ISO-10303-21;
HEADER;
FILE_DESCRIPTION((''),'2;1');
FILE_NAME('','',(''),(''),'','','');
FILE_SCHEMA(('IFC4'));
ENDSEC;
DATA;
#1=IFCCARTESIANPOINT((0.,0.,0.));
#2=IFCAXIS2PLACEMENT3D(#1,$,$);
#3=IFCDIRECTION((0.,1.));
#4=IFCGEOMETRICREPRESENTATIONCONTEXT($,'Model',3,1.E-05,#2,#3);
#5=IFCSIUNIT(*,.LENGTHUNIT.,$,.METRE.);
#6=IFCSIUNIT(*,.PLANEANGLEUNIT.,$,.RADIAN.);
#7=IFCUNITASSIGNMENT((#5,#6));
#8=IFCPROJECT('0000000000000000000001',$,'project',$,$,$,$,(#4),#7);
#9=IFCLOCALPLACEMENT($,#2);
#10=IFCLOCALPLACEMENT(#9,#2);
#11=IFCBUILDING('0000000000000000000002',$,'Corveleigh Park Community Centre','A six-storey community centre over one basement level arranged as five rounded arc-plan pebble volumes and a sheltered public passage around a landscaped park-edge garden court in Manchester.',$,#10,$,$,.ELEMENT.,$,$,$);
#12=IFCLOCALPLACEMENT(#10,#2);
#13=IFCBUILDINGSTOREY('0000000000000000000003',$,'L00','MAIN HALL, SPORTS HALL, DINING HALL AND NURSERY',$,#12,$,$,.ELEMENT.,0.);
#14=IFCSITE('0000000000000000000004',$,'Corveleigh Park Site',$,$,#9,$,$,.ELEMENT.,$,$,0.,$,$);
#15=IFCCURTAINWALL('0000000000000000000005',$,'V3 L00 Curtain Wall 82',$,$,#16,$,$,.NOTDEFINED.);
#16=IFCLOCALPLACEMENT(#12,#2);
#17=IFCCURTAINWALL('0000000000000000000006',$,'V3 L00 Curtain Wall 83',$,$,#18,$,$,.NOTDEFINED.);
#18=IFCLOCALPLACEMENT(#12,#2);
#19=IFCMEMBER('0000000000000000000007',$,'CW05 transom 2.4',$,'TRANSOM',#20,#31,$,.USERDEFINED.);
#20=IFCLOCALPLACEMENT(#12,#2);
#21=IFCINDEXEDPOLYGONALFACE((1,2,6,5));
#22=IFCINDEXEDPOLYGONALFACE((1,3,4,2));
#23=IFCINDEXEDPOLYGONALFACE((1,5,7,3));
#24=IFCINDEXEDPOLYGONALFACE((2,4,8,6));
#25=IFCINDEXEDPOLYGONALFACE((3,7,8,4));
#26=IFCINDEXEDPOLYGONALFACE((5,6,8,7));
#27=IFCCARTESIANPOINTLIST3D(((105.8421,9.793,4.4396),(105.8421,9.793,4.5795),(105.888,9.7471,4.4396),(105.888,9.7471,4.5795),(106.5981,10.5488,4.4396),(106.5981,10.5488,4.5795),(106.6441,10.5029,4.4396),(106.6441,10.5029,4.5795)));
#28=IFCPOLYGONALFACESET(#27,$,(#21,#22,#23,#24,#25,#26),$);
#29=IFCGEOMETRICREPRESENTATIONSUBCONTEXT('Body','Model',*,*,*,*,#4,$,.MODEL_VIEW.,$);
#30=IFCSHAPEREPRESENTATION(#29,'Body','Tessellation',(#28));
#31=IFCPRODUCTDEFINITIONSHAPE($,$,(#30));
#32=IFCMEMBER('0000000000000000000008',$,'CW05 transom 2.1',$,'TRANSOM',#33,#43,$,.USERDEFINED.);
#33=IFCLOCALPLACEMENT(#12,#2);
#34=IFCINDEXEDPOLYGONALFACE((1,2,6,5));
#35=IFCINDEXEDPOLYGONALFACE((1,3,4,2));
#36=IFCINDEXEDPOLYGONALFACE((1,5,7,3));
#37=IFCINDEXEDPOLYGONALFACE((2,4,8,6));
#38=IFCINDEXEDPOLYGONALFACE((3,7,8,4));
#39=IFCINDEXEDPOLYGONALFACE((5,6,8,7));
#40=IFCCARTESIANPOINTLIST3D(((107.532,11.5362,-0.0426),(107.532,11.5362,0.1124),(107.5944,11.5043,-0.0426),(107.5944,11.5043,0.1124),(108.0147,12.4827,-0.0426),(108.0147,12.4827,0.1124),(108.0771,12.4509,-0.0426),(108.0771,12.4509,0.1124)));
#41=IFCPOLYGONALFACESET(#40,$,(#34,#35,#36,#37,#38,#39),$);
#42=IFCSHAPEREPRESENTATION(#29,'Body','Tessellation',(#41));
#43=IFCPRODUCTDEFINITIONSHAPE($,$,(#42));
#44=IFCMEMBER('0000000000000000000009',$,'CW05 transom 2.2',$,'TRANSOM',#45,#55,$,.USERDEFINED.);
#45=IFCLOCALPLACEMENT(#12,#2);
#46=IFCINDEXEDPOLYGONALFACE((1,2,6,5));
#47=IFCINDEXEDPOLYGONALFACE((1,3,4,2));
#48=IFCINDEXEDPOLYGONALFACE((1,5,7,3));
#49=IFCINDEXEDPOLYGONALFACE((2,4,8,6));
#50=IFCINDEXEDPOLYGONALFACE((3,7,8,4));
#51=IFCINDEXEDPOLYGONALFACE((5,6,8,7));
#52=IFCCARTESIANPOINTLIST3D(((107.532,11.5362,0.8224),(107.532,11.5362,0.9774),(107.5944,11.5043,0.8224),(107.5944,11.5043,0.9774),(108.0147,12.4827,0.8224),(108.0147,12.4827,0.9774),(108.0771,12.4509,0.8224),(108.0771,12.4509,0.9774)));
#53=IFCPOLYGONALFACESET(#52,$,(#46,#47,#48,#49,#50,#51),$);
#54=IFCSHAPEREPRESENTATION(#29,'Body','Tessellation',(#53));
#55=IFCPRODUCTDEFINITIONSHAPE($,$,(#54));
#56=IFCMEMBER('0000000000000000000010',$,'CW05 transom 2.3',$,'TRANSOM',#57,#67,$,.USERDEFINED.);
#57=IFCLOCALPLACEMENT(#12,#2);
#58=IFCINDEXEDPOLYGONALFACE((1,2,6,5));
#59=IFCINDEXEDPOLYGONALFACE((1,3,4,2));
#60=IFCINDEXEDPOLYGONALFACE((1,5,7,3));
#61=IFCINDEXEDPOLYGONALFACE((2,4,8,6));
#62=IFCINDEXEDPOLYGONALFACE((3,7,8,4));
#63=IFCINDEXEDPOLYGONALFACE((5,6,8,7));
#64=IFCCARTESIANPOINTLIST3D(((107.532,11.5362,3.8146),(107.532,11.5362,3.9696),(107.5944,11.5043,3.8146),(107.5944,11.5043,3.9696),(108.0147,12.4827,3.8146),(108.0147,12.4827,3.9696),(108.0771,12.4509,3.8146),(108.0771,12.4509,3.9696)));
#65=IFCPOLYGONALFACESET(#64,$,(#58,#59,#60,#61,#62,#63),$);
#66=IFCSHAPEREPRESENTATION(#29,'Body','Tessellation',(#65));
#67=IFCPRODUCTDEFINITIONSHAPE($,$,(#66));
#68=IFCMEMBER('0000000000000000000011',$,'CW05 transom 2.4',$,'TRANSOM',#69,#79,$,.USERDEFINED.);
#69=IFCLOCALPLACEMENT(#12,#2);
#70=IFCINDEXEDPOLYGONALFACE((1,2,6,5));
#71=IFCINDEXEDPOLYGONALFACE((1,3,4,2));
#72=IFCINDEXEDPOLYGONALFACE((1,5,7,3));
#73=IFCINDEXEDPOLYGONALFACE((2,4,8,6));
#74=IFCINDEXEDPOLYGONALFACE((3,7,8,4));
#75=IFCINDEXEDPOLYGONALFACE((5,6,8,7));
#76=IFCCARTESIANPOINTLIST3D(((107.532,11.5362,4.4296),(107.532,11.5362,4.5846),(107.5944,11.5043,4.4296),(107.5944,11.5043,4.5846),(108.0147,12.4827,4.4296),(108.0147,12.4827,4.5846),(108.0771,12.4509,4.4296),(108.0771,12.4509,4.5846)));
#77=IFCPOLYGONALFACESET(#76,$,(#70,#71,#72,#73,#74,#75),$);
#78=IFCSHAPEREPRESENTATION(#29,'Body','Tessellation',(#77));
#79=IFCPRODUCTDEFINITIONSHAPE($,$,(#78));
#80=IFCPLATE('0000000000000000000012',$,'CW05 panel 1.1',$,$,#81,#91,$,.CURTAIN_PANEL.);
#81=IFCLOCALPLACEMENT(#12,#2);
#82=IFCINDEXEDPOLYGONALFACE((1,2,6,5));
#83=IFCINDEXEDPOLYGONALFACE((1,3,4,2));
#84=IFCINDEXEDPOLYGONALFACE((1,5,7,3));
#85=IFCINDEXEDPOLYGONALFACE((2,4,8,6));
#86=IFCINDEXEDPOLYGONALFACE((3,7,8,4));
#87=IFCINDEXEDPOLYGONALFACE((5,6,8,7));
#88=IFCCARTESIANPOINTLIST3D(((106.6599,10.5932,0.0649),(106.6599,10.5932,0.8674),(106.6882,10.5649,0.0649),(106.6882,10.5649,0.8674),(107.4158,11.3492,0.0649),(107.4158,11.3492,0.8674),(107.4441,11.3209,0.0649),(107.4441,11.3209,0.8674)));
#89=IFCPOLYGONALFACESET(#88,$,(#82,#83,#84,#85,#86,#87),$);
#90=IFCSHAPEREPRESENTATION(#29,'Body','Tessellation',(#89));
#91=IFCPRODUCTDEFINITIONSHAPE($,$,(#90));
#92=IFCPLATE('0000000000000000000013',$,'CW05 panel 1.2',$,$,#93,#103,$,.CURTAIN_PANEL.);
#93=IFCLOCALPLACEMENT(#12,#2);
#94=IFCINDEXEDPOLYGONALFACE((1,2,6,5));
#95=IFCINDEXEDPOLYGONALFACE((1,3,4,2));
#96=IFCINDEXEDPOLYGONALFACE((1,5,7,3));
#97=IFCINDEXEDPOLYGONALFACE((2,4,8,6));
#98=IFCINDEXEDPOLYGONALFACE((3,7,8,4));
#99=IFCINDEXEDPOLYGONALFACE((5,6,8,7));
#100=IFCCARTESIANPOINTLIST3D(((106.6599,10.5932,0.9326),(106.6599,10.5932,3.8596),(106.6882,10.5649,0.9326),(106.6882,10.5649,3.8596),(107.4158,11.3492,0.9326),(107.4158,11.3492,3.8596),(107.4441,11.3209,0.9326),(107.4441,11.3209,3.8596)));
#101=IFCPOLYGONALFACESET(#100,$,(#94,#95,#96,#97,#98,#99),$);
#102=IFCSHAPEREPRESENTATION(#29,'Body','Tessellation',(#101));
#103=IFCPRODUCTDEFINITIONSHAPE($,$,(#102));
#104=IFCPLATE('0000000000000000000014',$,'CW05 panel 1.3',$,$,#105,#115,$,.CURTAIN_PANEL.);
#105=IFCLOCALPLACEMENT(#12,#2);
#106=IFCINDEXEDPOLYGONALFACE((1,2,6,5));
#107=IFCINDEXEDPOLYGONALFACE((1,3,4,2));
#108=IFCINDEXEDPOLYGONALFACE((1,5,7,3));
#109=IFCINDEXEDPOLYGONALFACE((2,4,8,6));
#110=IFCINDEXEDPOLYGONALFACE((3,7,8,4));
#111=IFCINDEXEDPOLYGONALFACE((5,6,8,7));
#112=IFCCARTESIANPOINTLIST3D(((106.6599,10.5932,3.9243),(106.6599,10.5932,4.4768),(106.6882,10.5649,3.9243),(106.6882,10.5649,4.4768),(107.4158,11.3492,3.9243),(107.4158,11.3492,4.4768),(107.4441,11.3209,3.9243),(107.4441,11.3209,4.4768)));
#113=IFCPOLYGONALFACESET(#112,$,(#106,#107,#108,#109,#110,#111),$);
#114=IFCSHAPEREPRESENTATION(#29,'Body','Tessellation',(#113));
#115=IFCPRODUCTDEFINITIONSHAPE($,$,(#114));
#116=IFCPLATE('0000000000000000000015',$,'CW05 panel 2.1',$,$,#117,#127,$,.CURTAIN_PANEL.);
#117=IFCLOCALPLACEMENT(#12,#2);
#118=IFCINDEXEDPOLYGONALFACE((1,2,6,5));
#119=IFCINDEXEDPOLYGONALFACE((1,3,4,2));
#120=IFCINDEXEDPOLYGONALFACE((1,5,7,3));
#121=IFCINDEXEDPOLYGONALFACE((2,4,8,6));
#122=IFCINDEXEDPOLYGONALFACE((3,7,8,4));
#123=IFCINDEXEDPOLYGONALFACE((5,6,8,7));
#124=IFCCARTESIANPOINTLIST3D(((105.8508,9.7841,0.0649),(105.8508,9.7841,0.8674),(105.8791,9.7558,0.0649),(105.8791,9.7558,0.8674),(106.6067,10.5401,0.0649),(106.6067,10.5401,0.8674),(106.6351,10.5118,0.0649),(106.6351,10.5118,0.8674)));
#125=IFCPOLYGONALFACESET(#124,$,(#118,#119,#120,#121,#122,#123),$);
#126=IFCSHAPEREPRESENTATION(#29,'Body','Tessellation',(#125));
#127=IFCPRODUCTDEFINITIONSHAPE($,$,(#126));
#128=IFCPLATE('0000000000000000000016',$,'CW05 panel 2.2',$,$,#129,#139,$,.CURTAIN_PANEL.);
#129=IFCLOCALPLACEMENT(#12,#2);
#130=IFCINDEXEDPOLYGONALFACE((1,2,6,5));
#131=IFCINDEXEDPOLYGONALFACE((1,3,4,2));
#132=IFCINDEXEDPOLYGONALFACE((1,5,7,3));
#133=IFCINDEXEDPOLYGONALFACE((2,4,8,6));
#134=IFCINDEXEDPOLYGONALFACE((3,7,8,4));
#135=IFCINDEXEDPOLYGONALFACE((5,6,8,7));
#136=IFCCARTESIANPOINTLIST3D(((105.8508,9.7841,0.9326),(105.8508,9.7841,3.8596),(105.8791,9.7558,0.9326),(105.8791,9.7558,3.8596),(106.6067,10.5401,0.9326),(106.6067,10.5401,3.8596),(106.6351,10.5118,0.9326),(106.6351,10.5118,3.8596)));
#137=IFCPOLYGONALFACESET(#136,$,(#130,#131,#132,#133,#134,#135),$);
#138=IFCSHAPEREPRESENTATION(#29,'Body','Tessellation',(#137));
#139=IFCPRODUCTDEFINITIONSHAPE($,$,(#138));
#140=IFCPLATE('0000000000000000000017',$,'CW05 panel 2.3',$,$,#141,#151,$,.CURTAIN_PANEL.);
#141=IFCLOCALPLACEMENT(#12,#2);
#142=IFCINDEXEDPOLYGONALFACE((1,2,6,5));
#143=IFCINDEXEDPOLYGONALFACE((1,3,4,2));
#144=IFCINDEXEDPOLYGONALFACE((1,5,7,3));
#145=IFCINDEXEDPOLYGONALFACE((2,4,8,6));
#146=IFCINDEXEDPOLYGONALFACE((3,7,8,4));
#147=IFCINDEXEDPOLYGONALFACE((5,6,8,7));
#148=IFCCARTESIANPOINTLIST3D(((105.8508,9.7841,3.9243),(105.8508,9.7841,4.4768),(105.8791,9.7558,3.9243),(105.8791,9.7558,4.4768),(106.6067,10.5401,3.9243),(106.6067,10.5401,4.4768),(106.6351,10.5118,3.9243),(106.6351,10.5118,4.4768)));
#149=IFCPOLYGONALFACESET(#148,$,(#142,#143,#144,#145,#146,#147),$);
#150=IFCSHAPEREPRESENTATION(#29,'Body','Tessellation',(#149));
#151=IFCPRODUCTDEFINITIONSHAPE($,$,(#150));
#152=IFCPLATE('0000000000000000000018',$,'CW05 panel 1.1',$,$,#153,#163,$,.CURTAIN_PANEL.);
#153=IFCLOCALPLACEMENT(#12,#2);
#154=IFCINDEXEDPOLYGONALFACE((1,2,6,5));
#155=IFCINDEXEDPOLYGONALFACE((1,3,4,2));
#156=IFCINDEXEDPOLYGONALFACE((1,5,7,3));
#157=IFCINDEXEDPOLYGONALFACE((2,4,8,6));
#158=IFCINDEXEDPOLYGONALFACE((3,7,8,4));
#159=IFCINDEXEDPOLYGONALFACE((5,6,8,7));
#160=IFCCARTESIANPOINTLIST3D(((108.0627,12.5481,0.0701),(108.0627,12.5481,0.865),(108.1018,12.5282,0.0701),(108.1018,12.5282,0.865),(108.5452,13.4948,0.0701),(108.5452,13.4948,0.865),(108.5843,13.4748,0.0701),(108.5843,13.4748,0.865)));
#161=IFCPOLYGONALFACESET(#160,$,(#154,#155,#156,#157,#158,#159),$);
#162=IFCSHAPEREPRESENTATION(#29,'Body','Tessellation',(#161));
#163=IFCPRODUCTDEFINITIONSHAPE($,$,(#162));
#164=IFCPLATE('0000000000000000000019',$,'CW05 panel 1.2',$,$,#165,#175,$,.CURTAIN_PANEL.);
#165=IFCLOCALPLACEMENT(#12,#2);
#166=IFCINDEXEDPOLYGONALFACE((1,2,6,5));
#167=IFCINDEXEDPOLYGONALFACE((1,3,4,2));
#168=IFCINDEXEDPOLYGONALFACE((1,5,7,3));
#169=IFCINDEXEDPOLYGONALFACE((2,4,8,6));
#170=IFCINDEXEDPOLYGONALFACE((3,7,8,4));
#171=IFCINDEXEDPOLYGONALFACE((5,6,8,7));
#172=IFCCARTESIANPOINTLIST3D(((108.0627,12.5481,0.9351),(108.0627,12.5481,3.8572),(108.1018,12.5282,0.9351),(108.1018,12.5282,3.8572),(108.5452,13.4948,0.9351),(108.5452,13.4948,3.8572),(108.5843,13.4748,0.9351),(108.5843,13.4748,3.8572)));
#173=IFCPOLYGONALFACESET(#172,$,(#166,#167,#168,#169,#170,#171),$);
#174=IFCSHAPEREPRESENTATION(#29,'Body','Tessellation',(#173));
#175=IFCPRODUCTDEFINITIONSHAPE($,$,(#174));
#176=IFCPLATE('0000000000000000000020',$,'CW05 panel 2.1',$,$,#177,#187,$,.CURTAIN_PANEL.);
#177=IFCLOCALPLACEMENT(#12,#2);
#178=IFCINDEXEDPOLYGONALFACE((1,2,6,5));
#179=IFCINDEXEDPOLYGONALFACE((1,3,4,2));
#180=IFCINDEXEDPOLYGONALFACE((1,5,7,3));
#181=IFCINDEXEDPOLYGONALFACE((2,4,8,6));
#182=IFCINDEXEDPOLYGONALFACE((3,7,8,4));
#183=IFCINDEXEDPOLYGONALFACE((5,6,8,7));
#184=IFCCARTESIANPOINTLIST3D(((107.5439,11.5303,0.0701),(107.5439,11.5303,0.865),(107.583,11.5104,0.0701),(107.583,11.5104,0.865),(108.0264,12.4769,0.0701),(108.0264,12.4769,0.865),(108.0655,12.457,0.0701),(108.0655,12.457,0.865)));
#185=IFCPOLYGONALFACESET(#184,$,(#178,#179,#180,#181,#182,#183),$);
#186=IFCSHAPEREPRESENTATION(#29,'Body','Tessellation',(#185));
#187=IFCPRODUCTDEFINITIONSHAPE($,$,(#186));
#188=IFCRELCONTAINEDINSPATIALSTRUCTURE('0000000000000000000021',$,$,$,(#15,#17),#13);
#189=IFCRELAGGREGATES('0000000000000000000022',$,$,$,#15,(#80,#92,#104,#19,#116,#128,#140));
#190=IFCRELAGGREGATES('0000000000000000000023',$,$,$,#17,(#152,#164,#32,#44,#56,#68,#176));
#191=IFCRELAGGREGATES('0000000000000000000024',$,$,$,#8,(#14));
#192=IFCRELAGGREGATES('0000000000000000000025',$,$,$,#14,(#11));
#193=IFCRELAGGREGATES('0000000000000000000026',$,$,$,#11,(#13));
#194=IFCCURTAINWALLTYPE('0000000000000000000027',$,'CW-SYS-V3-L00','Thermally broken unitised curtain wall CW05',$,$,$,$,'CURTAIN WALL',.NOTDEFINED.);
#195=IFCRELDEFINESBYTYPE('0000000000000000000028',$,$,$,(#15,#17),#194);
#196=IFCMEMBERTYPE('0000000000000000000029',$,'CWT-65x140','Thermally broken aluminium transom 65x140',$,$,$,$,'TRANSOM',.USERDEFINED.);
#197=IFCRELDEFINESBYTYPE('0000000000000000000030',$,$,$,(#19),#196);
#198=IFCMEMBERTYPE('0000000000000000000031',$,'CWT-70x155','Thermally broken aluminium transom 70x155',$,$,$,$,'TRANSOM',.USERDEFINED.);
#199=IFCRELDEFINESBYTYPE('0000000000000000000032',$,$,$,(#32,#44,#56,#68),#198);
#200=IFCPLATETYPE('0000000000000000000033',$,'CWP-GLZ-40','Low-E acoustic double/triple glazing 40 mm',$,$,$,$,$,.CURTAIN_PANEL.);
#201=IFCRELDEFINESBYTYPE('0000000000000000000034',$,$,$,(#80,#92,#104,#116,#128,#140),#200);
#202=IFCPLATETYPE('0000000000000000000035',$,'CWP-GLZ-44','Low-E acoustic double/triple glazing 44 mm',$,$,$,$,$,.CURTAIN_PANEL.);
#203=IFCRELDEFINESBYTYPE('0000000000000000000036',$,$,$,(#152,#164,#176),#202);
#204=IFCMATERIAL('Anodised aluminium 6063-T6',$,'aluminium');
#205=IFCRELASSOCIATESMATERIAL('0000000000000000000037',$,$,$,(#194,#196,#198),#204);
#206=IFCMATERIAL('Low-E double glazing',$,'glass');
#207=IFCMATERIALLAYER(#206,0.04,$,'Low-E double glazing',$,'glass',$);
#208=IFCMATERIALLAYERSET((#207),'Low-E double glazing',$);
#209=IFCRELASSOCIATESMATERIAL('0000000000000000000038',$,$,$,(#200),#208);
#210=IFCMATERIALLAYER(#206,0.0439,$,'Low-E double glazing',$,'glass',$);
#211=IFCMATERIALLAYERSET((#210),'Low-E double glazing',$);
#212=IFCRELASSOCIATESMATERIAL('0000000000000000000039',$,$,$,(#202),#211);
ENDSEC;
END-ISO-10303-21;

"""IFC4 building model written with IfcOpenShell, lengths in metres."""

from ifc_helpers import new_model, si_unit, direction, frame, origin, origin_2d, place, context, subcontext, project, spatial, rectangle, extrude, material, layer, layer_set, material_profile, profile_set, type_object, element, aggregate, save


model = new_model("IFC4")

# Units and contexts
model_context = context("Model", 3, precision=1e-05, world=origin(), true_north=direction((0.0, 1.0)))
body_context = subcontext(model_context, "Body", "Model", "MODEL_VIEW")
ifc_project = project(units=[si_unit("LENGTHUNIT", "METRE"), si_unit("PLANEANGLEUNIT", "RADIAN")], contexts=[model_context])

# Site, building, storey
site_placement = place(None, origin())
site = spatial("IfcSite", under=ifc_project, at=site_placement, Name="Corveleigh Park Site", CompositionType="ELEMENT", RefElevation=0.0)
building_placement = place(site_placement, origin())
building = spatial("IfcBuilding", under=site, at=building_placement, Name="Corveleigh Park Community Centre", Description="A six-storey community centre over one basement level arranged as five rounded arc-plan pebble volumes and a sheltered public passage around a landscaped park-edge garden court in Manchester.", CompositionType="ELEMENT")
storey_placement = place(building_placement, origin())
storey = spatial("IfcBuildingStorey", under=building, at=storey_placement, Name="L00", Description="MAIN HALL, SPORTS HALL, DINING HALL AND NURSERY", CompositionType="ELEMENT", Elevation=0.0)

# Curtain walls
ifc_material_1 = material(Name="Anodised aluminium 6063-T6", Category="aluminium")
curtain_wall_type = type_object("IfcCurtainWallType", Name="CW-SYS-V3-L00", Description="Thermally broken unitised curtain wall CW05", ElementType="CURTAIN WALL", PredefinedType="NOTDEFINED", material=ifc_material_1)
curtain_wall_1_placement = place(storey_placement, origin())
curtain_wall_1 = element("IfcCurtainWall", 1, at=curtain_wall_1_placement, inside=storey, type_object=curtain_wall_type, Name="V3 L00 Curtain Wall 82", PredefinedType="NOTDEFINED")
curtain_wall_2_placement = place(storey_placement, origin())
curtain_wall_2 = element("IfcCurtainWall", 2, at=curtain_wall_2_placement, inside=storey, type_object=curtain_wall_type, Name="V3 L00 Curtain Wall 83", PredefinedType="NOTDEFINED")

# Members
ifc_material_profile_1 = material_profile(ifc_material_1, rectangle(XDim=0.0649, YDim=0.1399, at=origin_2d()), Name="ALU-T65x140", Category="aluminium")
ifc_profile_set_1 = profile_set([ifc_material_profile_1], Name="Anodised aluminium 6063-T6")
member_type_1 = type_object("IfcMemberType", Name="CWT-65x140", Description="Thermally broken aluminium transom 65x140", ElementType="TRANSOM", PredefinedType="USERDEFINED", material=ifc_profile_set_1)
member_1_placement = place(storey_placement, frame((106.6211, 10.5259, 4.5095), z_axis=(-0.707221, -0.706993, 0.0), x_axis=(0.706993, -0.707221, 0.0)))
member_1 = element("IfcMember", 3, at=member_1_placement, type_object=member_type_1, Name="CW05 transom 2.4", ObjectType="TRANSOM", PredefinedType="USERDEFINED", context=body_context, shape_type="SweptSolid", body=[
    extrude(rectangle(XDim=0.0649, YDim=0.1399, at=origin_2d()), origin(), (0.0, 0.0, 1.0), 1.0691),
])
ifc_material_profile_2 = material_profile(ifc_material_1, rectangle(XDim=0.0701, YDim=0.155, at=origin_2d()), Name="ALU-T70x155", Category="aluminium")
ifc_profile_set_2 = profile_set([ifc_material_profile_2], Name="Anodised aluminium 6063-T6")
member_type_2 = type_object("IfcMemberType", Name="CWT-70x155", Description="Thermally broken aluminium transom 70x155", ElementType="TRANSOM", PredefinedType="USERDEFINED", material=ifc_profile_set_2)
member_2_placement = place(storey_placement, frame((108.0459, 12.4668, 0.0349), z_axis=(-0.454277, -0.890861, 0.0), x_axis=(0.890861, -0.454277, 0.0)))
member_2 = element("IfcMember", 4, at=member_2_placement, type_object=member_type_2, Name="CW05 transom 2.1", ObjectType="TRANSOM", PredefinedType="USERDEFINED", context=body_context, shape_type="SweptSolid", body=[
    extrude(rectangle(XDim=0.0701, YDim=0.155, at=origin_2d()), origin(), (0.0, 0.0, 1.0), 1.0625),
])
member_3_placement = place(storey_placement, frame((108.0459, 12.4668, 0.8999), z_axis=(-0.454277, -0.890861, 0.0), x_axis=(0.890861, -0.454277, 0.0)))
member_3 = element("IfcMember", 5, at=member_3_placement, type_object=member_type_2, Name="CW05 transom 2.2", ObjectType="TRANSOM", PredefinedType="USERDEFINED", context=body_context, shape_type="SweptSolid", body=[
    extrude(rectangle(XDim=0.0701, YDim=0.155, at=origin_2d()), origin(), (0.0, 0.0, 1.0), 1.0625),
])
member_4_placement = place(storey_placement, frame((108.0459, 12.4668, 3.8921), z_axis=(-0.454277, -0.890861, 0.0), x_axis=(0.890861, -0.454277, 0.0)))
member_4 = element("IfcMember", 6, at=member_4_placement, type_object=member_type_2, Name="CW05 transom 2.3", ObjectType="TRANSOM", PredefinedType="USERDEFINED", context=body_context, shape_type="SweptSolid", body=[
    extrude(rectangle(XDim=0.0701, YDim=0.155, at=origin_2d()), origin(), (0.0, 0.0, 1.0), 1.0625),
])
member_5_placement = place(storey_placement, frame((108.0459, 12.4668, 4.5071), z_axis=(-0.454277, -0.890861, 0.0), x_axis=(0.890861, -0.454277, 0.0)))
member_5 = element("IfcMember", 7, at=member_5_placement, type_object=member_type_2, Name="CW05 transom 2.4", ObjectType="TRANSOM", PredefinedType="USERDEFINED", context=body_context, shape_type="SweptSolid", body=[
    extrude(rectangle(XDim=0.0701, YDim=0.155, at=origin_2d()), origin(), (0.0, 0.0, 1.0), 1.0625),
])

# Plates
ifc_material_2 = material(Name="Low-E double glazing", Category="glass")
ifc_layer_1 = layer(ifc_material_2, 0.04, Name="Low-E double glazing", Category="glass")
ifc_layer_set_1 = layer_set([ifc_layer_1], Name="Low-E double glazing")
plate_type_1 = type_object("IfcPlateType", Name="CWP-GLZ-40", Description="Low-E acoustic double/triple glazing 40 mm", PredefinedType="CURTAIN_PANEL", material=ifc_layer_set_1)
plate_1_placement = place(storey_placement, frame((107.052, 10.957, 0.0649), z_axis=(0.0, 0.0, 1.0), x_axis=(-0.707107, -0.707107, 0.0)))
plate_1 = element("IfcPlate", 8, at=plate_1_placement, type_object=plate_type_1, Name="CW05 panel 1.1", PredefinedType="CURTAIN_PANEL", context=body_context, shape_type="SweptSolid", body=[
    extrude(rectangle(XDim=1.0691, YDim=0.04, at=origin_2d()), origin(), (0.0, 0.0, 1.0), 0.8025),
])
plate_2_placement = place(storey_placement, frame((107.052, 10.957, 0.9326), z_axis=(0.0, 0.0, 1.0), x_axis=(-0.707107, -0.707107, 0.0)))
plate_2 = element("IfcPlate", 9, at=plate_2_placement, type_object=plate_type_1, Name="CW05 panel 1.2", PredefinedType="CURTAIN_PANEL", context=body_context, shape_type="SweptSolid", body=[
    extrude(rectangle(XDim=1.0691, YDim=0.04, at=origin_2d()), origin(), (0.0, 0.0, 1.0), 2.927),
])
plate_3_placement = place(storey_placement, frame((107.052, 10.957, 3.9243), z_axis=(0.0, 0.0, 1.0), x_axis=(-0.707107, -0.707107, 0.0)))
plate_3 = element("IfcPlate", 10, at=plate_3_placement, type_object=plate_type_1, Name="CW05 panel 1.3", PredefinedType="CURTAIN_PANEL", context=body_context, shape_type="SweptSolid", body=[
    extrude(rectangle(XDim=1.0691, YDim=0.04, at=origin_2d()), origin(), (0.0, 0.0, 1.0), 0.5525),
])
plate_4_placement = place(storey_placement, frame((106.2429, 10.1479, 0.0649), z_axis=(0.0, 0.0, 1.0), x_axis=(-0.707107, -0.707107, 0.0)))
plate_4 = element("IfcPlate", 11, at=plate_4_placement, type_object=plate_type_1, Name="CW05 panel 2.1", PredefinedType="CURTAIN_PANEL", context=body_context, shape_type="SweptSolid", body=[
    extrude(rectangle(XDim=1.0691, YDim=0.04, at=origin_2d()), origin(), (0.0, 0.0, 1.0), 0.8025),
])
plate_5_placement = place(storey_placement, frame((106.2429, 10.1479, 0.9326), z_axis=(0.0, 0.0, 1.0), x_axis=(-0.707107, -0.707107, 0.0)))
plate_5 = element("IfcPlate", 12, at=plate_5_placement, type_object=plate_type_1, Name="CW05 panel 2.2", PredefinedType="CURTAIN_PANEL", context=body_context, shape_type="SweptSolid", body=[
    extrude(rectangle(XDim=1.0691, YDim=0.04, at=origin_2d()), origin(), (0.0, 0.0, 1.0), 2.927),
])
plate_6_placement = place(storey_placement, frame((106.2429, 10.1479, 3.9243), z_axis=(0.0, 0.0, 1.0), x_axis=(-0.707107, -0.707107, 0.0)))
plate_6 = element("IfcPlate", 13, at=plate_6_placement, type_object=plate_type_1, Name="CW05 panel 2.3", PredefinedType="CURTAIN_PANEL", context=body_context, shape_type="SweptSolid", body=[
    extrude(rectangle(XDim=1.0691, YDim=0.04, at=origin_2d()), origin(), (0.0, 0.0, 1.0), 0.5525),
])
aggregate(curtain_wall_1, [plate_1, plate_2, plate_3, member_1, plate_4, plate_5, plate_6])
ifc_layer_2 = layer(ifc_material_2, 0.0439, Name="Low-E double glazing", Category="glass")
ifc_layer_set_2 = layer_set([ifc_layer_2], Name="Low-E double glazing")
plate_type_2 = type_object("IfcPlateType", Name="CWP-GLZ-44", Description="Low-E acoustic double/triple glazing 44 mm", PredefinedType="CURTAIN_PANEL", material=ifc_layer_set_2)
plate_7_placement = place(storey_placement, frame((108.3235, 13.0115, 0.0701), z_axis=(0.0, 0.0, 1.0), x_axis=(-0.454135, -0.890933, 0.0)))
plate_7 = element("IfcPlate", 14, at=plate_7_placement, type_object=plate_type_2, Name="CW05 panel 1.1", PredefinedType="CURTAIN_PANEL", context=body_context, shape_type="SweptSolid", body=[
    extrude(rectangle(XDim=1.0625, YDim=0.0439, at=origin_2d()), origin(), (0.0, 0.0, 1.0), 0.7949),
])
plate_8_placement = place(storey_placement, frame((108.3235, 13.0115, 0.9351), z_axis=(0.0, 0.0, 1.0), x_axis=(-0.454135, -0.890933, 0.0)))
plate_8 = element("IfcPlate", 15, at=plate_8_placement, type_object=plate_type_2, Name="CW05 panel 1.2", PredefinedType="CURTAIN_PANEL", context=body_context, shape_type="SweptSolid", body=[
    extrude(rectangle(XDim=1.0625, YDim=0.0439, at=origin_2d()), origin(), (0.0, 0.0, 1.0), 2.9221),
])
plate_9_placement = place(storey_placement, frame((107.8047, 11.9937, 0.0701), z_axis=(0.0, 0.0, 1.0), x_axis=(-0.454135, -0.890933, 0.0)))
plate_9 = element("IfcPlate", 16, at=plate_9_placement, type_object=plate_type_2, Name="CW05 panel 2.1", PredefinedType="CURTAIN_PANEL", context=body_context, shape_type="SweptSolid", body=[
    extrude(rectangle(XDim=1.0625, YDim=0.0439, at=origin_2d()), origin(), (0.0, 0.0, 1.0), 0.7949),
])
aggregate(curtain_wall_2, [plate_7, plate_8, member_2, member_3, member_4, member_5, plate_9])

save(model, "model.ifc")
